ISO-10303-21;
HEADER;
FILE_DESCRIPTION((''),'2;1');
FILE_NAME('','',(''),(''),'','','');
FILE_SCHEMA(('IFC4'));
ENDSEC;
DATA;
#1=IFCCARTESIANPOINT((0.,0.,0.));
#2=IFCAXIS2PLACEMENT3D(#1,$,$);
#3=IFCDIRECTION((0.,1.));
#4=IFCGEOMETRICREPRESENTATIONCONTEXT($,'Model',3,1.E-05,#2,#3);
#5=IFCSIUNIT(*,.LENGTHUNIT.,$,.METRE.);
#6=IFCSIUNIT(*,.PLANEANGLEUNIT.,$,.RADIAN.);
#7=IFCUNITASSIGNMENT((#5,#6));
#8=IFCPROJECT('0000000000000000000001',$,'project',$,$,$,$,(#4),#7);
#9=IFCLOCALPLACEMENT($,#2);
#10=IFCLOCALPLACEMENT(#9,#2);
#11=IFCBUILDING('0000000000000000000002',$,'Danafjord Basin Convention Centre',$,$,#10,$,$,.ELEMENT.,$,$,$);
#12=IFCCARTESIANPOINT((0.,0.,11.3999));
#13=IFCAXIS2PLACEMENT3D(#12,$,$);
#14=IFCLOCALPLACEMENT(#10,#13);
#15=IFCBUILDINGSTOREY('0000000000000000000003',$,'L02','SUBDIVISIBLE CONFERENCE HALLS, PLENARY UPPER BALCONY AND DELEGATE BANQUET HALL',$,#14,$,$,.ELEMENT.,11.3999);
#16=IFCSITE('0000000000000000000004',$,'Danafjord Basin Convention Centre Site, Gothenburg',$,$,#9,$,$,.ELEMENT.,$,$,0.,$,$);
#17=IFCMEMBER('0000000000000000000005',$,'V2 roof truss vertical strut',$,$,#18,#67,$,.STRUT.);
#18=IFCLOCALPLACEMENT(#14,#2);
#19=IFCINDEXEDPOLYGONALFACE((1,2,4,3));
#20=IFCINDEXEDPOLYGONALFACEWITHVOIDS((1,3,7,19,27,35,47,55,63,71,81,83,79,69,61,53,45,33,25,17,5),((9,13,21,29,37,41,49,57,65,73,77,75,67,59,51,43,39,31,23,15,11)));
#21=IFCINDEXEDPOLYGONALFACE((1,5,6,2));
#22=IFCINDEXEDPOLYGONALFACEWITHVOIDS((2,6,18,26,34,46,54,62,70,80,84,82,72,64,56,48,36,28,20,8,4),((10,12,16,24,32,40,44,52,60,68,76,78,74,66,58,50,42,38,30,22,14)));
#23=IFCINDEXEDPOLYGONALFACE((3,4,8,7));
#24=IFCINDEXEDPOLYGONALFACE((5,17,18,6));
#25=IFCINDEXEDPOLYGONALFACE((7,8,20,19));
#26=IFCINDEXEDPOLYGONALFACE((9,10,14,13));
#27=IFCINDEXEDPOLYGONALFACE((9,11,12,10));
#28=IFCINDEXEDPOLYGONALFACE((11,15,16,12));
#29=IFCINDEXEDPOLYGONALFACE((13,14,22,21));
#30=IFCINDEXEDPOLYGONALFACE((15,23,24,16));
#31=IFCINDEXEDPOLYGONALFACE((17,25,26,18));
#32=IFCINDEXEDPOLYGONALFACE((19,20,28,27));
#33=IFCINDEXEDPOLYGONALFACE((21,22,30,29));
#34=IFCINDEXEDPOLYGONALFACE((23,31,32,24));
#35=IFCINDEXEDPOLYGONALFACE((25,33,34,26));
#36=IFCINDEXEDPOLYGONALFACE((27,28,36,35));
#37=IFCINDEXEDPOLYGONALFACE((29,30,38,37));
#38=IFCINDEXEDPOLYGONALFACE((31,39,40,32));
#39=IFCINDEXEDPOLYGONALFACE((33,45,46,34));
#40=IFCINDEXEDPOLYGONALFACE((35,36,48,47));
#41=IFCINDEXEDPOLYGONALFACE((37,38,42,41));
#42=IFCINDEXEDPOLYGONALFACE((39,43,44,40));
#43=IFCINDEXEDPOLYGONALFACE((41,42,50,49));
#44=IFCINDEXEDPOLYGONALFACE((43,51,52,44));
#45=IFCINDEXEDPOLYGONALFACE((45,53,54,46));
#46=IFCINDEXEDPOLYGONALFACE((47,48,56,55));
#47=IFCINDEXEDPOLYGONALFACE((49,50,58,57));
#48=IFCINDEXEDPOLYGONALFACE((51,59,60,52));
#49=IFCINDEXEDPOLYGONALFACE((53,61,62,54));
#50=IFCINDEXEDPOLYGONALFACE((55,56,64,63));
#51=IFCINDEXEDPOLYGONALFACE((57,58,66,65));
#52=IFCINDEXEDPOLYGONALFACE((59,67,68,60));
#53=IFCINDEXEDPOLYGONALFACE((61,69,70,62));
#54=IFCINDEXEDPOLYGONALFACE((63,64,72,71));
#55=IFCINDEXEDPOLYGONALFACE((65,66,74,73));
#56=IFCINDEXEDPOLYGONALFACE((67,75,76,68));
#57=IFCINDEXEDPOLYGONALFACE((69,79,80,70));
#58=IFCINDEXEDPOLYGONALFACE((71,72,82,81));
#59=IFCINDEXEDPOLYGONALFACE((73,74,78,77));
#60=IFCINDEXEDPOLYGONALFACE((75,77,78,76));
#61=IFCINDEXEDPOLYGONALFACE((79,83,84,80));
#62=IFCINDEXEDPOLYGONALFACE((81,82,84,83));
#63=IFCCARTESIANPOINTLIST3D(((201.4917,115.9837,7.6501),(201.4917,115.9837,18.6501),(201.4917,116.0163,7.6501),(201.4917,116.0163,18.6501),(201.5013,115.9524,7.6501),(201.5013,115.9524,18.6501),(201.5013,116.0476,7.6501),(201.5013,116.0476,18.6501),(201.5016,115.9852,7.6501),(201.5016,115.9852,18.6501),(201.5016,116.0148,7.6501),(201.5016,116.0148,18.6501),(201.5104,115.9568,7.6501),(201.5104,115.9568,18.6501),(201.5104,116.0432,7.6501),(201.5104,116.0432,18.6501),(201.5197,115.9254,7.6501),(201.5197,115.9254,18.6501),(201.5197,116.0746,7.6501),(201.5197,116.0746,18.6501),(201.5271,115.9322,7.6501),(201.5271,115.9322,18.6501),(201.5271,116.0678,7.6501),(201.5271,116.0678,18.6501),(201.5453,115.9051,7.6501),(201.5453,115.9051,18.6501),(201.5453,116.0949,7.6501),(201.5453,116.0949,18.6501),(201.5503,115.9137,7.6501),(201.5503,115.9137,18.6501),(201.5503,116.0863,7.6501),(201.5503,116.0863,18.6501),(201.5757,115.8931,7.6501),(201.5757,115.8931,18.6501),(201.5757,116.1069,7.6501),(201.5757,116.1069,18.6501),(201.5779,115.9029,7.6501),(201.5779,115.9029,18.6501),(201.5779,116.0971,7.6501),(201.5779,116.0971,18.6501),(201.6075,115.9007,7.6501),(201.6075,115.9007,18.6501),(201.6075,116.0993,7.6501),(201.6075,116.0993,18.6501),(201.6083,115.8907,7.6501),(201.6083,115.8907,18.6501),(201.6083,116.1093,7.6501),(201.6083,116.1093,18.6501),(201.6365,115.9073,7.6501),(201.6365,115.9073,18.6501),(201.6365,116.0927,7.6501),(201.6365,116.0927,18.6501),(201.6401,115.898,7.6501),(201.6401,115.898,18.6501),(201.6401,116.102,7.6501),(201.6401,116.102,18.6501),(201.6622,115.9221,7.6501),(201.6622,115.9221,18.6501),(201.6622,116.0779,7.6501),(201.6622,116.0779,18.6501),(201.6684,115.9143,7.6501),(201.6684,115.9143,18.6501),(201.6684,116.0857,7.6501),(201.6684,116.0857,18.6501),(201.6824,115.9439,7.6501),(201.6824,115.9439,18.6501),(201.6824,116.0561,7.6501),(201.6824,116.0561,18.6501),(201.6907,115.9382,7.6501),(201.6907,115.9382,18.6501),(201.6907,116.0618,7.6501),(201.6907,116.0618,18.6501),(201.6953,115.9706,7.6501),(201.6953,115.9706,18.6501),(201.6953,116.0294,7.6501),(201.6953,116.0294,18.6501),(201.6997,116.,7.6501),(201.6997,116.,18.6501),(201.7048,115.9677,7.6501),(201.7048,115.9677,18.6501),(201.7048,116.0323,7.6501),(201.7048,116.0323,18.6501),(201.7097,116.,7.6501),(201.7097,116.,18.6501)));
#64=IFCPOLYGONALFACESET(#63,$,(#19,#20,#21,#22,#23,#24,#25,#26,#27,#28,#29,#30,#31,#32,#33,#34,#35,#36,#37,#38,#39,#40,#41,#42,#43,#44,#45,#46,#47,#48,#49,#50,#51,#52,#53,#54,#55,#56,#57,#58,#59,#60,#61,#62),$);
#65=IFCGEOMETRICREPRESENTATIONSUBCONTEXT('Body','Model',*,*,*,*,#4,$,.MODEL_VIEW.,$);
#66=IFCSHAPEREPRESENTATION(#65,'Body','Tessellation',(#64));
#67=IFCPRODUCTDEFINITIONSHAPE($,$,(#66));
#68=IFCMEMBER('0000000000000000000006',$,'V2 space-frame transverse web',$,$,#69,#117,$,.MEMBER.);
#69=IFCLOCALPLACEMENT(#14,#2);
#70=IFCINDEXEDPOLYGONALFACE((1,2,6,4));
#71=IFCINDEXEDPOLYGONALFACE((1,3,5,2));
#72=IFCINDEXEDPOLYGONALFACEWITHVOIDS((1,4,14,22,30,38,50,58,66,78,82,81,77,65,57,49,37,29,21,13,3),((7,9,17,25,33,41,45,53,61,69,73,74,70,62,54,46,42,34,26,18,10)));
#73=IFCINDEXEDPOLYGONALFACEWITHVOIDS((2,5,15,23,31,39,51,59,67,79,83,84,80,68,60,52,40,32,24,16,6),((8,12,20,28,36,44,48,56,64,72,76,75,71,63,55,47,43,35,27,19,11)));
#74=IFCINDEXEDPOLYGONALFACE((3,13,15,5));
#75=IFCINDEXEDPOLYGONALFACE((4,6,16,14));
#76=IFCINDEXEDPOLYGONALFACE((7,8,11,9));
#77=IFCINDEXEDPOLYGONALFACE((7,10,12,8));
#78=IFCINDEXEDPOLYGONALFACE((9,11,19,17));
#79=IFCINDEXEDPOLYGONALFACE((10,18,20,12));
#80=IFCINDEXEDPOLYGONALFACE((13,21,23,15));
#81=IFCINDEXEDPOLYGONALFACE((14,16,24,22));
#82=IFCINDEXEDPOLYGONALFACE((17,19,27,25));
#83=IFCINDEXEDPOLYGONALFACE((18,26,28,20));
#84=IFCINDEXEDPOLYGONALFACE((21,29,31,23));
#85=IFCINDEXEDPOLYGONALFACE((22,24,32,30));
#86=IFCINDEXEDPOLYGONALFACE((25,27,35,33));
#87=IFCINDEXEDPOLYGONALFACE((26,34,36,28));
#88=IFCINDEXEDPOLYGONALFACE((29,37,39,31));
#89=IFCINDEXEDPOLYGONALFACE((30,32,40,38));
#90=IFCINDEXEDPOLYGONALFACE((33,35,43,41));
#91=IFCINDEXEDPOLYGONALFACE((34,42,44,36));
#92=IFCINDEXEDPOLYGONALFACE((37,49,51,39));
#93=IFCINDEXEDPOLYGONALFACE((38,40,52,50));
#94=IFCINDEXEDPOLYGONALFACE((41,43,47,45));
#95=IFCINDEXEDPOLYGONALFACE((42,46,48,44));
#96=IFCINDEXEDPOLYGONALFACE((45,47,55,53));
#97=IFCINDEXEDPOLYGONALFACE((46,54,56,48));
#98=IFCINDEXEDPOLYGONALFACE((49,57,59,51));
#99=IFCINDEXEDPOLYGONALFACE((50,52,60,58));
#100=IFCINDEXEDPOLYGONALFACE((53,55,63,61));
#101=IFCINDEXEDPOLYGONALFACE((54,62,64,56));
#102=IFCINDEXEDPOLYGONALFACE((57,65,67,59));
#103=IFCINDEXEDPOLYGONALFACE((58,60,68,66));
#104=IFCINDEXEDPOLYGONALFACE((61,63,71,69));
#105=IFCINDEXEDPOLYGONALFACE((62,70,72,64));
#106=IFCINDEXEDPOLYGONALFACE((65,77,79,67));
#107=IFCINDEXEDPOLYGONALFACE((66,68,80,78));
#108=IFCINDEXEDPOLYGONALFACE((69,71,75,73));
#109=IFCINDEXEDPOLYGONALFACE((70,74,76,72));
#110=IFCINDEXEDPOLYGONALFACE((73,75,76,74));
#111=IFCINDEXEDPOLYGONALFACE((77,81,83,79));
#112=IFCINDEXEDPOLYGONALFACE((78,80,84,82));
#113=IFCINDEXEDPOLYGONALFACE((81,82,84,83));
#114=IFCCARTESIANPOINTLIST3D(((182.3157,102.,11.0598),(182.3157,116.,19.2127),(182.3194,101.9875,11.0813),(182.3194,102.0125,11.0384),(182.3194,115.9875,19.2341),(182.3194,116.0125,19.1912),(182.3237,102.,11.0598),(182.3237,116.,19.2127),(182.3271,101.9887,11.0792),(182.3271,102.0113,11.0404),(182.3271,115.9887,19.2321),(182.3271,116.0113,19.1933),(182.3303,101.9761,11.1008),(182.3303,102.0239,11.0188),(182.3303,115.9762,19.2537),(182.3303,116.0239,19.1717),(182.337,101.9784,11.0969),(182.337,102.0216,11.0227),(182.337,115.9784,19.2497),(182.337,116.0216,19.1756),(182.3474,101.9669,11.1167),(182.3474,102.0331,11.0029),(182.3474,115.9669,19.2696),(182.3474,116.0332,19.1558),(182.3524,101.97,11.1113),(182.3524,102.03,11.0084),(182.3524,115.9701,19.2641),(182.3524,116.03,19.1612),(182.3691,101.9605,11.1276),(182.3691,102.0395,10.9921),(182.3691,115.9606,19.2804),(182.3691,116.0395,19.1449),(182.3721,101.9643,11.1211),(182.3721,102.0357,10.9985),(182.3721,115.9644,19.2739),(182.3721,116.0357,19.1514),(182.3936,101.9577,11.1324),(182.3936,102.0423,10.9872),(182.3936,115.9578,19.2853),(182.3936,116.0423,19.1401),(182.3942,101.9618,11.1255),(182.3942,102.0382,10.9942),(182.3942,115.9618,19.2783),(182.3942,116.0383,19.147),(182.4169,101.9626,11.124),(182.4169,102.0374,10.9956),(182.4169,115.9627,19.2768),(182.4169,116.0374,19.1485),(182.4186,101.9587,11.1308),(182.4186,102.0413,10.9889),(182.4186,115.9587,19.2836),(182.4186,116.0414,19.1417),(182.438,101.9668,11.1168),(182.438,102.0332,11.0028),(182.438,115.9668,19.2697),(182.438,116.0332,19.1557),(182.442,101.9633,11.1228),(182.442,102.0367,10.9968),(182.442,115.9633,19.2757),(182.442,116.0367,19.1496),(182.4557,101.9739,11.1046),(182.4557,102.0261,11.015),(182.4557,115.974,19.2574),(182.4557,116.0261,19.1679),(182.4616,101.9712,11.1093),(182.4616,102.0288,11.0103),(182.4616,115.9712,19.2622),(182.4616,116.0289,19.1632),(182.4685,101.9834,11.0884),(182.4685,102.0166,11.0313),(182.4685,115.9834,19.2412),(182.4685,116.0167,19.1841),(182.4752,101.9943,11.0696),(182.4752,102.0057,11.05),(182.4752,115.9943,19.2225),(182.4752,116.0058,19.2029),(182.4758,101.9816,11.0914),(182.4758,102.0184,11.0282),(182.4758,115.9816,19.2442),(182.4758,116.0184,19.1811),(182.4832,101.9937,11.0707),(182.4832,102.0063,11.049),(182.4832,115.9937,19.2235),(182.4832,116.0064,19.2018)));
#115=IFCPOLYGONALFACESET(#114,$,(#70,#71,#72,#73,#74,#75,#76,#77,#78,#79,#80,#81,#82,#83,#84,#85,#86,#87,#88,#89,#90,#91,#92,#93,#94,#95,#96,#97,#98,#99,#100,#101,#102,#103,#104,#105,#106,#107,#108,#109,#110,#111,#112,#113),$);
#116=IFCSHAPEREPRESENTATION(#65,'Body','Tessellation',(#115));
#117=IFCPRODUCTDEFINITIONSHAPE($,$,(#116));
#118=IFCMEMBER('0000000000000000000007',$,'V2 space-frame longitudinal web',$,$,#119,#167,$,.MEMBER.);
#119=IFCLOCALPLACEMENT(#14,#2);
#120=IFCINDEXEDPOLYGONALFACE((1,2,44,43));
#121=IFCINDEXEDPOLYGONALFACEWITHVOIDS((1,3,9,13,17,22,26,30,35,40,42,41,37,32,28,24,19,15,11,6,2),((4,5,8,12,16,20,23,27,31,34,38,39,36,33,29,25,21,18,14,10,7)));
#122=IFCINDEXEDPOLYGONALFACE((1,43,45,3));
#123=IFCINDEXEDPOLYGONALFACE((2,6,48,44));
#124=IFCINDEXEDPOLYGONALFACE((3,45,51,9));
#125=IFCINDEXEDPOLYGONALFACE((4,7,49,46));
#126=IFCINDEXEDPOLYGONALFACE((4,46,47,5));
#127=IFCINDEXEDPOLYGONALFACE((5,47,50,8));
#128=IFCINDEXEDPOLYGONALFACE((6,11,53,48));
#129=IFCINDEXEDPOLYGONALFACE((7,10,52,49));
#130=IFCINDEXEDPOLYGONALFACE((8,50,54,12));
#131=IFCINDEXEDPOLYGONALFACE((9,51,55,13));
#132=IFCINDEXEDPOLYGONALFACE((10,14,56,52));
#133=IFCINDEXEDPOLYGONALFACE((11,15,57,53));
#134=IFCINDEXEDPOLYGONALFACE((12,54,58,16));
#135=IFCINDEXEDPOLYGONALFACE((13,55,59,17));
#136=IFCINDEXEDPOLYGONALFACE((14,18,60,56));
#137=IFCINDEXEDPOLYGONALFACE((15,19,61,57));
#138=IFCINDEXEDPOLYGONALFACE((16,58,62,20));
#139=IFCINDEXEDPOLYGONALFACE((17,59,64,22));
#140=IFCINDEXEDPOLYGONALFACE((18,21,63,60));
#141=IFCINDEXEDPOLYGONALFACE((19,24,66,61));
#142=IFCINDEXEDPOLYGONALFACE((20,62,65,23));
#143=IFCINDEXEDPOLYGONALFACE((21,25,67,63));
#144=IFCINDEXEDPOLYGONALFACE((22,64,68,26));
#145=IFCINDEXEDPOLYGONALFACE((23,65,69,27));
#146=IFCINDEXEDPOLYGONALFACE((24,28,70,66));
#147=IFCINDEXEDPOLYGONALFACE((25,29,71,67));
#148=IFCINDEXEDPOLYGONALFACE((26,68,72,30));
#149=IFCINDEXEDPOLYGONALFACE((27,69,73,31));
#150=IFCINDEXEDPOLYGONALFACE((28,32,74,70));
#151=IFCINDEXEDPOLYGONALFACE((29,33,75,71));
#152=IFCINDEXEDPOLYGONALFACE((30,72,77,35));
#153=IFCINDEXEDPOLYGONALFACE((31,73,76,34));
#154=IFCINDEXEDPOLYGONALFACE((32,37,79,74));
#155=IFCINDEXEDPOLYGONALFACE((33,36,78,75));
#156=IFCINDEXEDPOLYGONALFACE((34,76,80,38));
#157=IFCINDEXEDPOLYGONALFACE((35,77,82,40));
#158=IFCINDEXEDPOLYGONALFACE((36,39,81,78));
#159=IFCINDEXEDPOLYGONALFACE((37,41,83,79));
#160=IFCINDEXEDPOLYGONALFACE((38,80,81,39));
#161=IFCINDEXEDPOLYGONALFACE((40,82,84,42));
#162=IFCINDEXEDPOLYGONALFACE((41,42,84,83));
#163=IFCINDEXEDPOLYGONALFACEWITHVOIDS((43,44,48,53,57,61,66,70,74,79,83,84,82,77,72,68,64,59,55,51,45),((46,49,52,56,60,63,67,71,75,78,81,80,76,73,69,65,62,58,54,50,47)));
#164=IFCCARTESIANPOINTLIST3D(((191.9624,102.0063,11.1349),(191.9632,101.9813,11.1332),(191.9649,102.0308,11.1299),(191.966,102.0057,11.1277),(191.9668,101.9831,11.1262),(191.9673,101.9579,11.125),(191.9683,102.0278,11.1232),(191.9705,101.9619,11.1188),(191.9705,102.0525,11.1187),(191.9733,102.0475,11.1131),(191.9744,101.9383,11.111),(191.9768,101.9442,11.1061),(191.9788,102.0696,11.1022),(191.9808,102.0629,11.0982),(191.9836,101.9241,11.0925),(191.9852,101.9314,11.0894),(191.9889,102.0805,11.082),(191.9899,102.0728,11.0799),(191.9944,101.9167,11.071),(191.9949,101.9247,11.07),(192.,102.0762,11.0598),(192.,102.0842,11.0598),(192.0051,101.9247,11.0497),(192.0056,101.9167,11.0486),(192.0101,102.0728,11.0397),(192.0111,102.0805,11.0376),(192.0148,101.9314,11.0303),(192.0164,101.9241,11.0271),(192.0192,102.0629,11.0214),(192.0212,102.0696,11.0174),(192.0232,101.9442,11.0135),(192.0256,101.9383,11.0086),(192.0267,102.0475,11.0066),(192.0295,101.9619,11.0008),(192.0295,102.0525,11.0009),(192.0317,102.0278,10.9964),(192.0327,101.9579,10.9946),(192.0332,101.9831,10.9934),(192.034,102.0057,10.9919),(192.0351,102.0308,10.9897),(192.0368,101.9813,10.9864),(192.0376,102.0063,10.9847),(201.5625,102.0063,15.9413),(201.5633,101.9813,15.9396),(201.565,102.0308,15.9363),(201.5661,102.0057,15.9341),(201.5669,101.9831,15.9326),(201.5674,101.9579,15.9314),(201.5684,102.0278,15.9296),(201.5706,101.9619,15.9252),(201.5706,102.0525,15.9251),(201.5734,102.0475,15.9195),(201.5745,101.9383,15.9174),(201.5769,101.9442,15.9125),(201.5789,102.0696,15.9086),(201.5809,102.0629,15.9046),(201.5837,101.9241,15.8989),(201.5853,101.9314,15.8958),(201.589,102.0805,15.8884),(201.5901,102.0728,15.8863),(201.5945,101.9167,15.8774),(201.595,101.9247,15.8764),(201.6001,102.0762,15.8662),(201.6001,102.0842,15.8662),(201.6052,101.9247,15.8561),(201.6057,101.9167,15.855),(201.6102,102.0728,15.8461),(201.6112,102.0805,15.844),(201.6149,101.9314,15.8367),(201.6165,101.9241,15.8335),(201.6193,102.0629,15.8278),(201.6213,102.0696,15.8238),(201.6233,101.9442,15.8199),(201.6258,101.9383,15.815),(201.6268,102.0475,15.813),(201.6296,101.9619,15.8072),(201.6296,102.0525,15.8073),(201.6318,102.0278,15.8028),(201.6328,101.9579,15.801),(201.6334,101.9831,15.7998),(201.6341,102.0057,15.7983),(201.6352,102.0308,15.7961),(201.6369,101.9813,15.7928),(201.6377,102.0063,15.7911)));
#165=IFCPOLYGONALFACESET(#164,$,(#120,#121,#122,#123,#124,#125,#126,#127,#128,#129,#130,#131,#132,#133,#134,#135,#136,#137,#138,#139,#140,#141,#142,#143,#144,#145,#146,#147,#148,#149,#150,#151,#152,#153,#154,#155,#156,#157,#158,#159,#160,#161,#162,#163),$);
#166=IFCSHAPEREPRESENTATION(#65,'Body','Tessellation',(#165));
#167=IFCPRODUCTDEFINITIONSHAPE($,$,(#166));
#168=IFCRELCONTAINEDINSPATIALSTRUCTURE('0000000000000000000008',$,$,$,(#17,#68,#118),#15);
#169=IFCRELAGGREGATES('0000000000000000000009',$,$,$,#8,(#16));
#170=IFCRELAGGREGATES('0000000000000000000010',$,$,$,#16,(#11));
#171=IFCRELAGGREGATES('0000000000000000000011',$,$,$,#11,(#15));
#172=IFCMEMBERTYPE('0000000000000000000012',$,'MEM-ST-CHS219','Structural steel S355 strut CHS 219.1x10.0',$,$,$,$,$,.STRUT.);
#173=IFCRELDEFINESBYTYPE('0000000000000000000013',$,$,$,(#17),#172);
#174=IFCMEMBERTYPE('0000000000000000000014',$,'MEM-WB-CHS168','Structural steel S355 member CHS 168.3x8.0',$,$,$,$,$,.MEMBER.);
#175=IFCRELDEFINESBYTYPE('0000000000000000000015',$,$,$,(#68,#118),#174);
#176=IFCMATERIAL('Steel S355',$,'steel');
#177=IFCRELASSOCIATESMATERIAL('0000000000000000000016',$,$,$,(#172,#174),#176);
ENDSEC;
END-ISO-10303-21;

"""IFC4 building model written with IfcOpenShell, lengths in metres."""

from ifc_helpers import new_model, si_unit, direction, frame, origin, origin_2d, place, context, subcontext, project, spatial, hollow_circle, extrude, material, material_profile, profile_set, type_object, element, save


model = new_model("IFC4")

# Units and contexts
model_context = context("Model", 3, precision=1e-05, world=origin(), true_north=direction((0.0, 1.0)))
body_context = subcontext(model_context, "Body", "Model", "MODEL_VIEW")
ifc_project = project(units=[si_unit("LENGTHUNIT", "METRE"), si_unit("PLANEANGLEUNIT", "RADIAN")], contexts=[model_context])

# Site, building, storey
site_placement = place(None, origin())
site = spatial("IfcSite", under=ifc_project, at=site_placement, Name="Danafjord Basin Convention Centre Site, Gothenburg", CompositionType="ELEMENT", RefElevation=0.0)
building_placement = place(site_placement, origin())
building = spatial("IfcBuilding", under=site, at=building_placement, Name="Danafjord Basin Convention Centre", CompositionType="ELEMENT")
storey_placement = place(building_placement, frame((0.0, 0.0, 11.3999)))
storey = spatial("IfcBuildingStorey", under=building, at=storey_placement, Name="L02", Description="SUBDIVISIBLE CONFERENCE HALLS, PLENARY UPPER BALCONY AND DELEGATE BANQUET HALL", CompositionType="ELEMENT", Elevation=11.3999)

# Shared definitions
ifc_material_1 = material(Name="Steel S355", Category="steel")

# Members
ifc_material_profile_1 = material_profile(ifc_material_1, hollow_circle(Radius=0.1096, WallThickness=0.01, at=origin_2d()), Name="CHS 219.1x10.0")
ifc_profile_set_1 = profile_set([ifc_material_profile_1], Name="Steel S355")
member_type_1 = type_object("IfcMemberType", Name="MEM-ST-CHS219", Description="Structural steel S355 strut CHS 219.1x10.0", PredefinedType="STRUT", material=ifc_profile_set_1)
member_1_placement = place(storey_placement, frame((201.6001, 116.0, 7.6501), z_axis=(0.0, 0.0, 1.0), x_axis=(1.0, 0.0, 0.0)))
element("IfcMember", 1, at=member_1_placement, inside=storey, type_object=member_type_1, Name="V2 roof truss vertical strut", PredefinedType="STRUT", context=body_context, shape_type="SweptSolid", body=[
    extrude(hollow_circle(Radius=0.1096, WallThickness=0.01, at=origin_2d()), origin(), (0.0, 0.0, 1.0), 11.0),
])
ifc_material_profile_2 = material_profile(ifc_material_1, hollow_circle(Radius=0.0842, WallThickness=0.0081, at=origin_2d()), Name="CHS 168.3x8.0")
ifc_profile_set_2 = profile_set([ifc_material_profile_2], Name="Steel S355")
member_type_2 = type_object("IfcMemberType", Name="MEM-WB-CHS168", Description="Structural steel S355 member CHS 168.3x8.0", PredefinedType="MEMBER", material=ifc_profile_set_2)
member_2_placement = place(storey_placement, frame((182.3999, 102.0, 11.0598), z_axis=(0.0, 0.86415, 0.503234), x_axis=(-1.0, 0.0, 0.0)))
element("IfcMember", 2, at=member_2_placement, inside=storey, type_object=member_type_2, Name="V2 space-frame transverse web", PredefinedType="MEMBER", context=body_context, shape_type="SweptSolid", body=[
    extrude(hollow_circle(Radius=0.0842, WallThickness=0.0081, at=origin_2d()), origin(), (0.0, 0.0, 1.0), 16.2009),
])
member_3_placement = place(storey_placement, frame((192.0, 102.0, 11.0598), z_axis=(0.894191, 0.0, 0.447687), x_axis=(0.0, 1.0, 0.0)))
element("IfcMember", 3, at=member_3_placement, inside=storey, type_object=member_type_2, Name="V2 space-frame longitudinal web", PredefinedType="MEMBER", context=body_context, shape_type="SweptSolid", body=[
    extrude(hollow_circle(Radius=0.0842, WallThickness=0.0081, at=origin_2d()), origin(), (0.0, 0.0, 1.0), 10.7361),
])

save(model, "model.ifc")
